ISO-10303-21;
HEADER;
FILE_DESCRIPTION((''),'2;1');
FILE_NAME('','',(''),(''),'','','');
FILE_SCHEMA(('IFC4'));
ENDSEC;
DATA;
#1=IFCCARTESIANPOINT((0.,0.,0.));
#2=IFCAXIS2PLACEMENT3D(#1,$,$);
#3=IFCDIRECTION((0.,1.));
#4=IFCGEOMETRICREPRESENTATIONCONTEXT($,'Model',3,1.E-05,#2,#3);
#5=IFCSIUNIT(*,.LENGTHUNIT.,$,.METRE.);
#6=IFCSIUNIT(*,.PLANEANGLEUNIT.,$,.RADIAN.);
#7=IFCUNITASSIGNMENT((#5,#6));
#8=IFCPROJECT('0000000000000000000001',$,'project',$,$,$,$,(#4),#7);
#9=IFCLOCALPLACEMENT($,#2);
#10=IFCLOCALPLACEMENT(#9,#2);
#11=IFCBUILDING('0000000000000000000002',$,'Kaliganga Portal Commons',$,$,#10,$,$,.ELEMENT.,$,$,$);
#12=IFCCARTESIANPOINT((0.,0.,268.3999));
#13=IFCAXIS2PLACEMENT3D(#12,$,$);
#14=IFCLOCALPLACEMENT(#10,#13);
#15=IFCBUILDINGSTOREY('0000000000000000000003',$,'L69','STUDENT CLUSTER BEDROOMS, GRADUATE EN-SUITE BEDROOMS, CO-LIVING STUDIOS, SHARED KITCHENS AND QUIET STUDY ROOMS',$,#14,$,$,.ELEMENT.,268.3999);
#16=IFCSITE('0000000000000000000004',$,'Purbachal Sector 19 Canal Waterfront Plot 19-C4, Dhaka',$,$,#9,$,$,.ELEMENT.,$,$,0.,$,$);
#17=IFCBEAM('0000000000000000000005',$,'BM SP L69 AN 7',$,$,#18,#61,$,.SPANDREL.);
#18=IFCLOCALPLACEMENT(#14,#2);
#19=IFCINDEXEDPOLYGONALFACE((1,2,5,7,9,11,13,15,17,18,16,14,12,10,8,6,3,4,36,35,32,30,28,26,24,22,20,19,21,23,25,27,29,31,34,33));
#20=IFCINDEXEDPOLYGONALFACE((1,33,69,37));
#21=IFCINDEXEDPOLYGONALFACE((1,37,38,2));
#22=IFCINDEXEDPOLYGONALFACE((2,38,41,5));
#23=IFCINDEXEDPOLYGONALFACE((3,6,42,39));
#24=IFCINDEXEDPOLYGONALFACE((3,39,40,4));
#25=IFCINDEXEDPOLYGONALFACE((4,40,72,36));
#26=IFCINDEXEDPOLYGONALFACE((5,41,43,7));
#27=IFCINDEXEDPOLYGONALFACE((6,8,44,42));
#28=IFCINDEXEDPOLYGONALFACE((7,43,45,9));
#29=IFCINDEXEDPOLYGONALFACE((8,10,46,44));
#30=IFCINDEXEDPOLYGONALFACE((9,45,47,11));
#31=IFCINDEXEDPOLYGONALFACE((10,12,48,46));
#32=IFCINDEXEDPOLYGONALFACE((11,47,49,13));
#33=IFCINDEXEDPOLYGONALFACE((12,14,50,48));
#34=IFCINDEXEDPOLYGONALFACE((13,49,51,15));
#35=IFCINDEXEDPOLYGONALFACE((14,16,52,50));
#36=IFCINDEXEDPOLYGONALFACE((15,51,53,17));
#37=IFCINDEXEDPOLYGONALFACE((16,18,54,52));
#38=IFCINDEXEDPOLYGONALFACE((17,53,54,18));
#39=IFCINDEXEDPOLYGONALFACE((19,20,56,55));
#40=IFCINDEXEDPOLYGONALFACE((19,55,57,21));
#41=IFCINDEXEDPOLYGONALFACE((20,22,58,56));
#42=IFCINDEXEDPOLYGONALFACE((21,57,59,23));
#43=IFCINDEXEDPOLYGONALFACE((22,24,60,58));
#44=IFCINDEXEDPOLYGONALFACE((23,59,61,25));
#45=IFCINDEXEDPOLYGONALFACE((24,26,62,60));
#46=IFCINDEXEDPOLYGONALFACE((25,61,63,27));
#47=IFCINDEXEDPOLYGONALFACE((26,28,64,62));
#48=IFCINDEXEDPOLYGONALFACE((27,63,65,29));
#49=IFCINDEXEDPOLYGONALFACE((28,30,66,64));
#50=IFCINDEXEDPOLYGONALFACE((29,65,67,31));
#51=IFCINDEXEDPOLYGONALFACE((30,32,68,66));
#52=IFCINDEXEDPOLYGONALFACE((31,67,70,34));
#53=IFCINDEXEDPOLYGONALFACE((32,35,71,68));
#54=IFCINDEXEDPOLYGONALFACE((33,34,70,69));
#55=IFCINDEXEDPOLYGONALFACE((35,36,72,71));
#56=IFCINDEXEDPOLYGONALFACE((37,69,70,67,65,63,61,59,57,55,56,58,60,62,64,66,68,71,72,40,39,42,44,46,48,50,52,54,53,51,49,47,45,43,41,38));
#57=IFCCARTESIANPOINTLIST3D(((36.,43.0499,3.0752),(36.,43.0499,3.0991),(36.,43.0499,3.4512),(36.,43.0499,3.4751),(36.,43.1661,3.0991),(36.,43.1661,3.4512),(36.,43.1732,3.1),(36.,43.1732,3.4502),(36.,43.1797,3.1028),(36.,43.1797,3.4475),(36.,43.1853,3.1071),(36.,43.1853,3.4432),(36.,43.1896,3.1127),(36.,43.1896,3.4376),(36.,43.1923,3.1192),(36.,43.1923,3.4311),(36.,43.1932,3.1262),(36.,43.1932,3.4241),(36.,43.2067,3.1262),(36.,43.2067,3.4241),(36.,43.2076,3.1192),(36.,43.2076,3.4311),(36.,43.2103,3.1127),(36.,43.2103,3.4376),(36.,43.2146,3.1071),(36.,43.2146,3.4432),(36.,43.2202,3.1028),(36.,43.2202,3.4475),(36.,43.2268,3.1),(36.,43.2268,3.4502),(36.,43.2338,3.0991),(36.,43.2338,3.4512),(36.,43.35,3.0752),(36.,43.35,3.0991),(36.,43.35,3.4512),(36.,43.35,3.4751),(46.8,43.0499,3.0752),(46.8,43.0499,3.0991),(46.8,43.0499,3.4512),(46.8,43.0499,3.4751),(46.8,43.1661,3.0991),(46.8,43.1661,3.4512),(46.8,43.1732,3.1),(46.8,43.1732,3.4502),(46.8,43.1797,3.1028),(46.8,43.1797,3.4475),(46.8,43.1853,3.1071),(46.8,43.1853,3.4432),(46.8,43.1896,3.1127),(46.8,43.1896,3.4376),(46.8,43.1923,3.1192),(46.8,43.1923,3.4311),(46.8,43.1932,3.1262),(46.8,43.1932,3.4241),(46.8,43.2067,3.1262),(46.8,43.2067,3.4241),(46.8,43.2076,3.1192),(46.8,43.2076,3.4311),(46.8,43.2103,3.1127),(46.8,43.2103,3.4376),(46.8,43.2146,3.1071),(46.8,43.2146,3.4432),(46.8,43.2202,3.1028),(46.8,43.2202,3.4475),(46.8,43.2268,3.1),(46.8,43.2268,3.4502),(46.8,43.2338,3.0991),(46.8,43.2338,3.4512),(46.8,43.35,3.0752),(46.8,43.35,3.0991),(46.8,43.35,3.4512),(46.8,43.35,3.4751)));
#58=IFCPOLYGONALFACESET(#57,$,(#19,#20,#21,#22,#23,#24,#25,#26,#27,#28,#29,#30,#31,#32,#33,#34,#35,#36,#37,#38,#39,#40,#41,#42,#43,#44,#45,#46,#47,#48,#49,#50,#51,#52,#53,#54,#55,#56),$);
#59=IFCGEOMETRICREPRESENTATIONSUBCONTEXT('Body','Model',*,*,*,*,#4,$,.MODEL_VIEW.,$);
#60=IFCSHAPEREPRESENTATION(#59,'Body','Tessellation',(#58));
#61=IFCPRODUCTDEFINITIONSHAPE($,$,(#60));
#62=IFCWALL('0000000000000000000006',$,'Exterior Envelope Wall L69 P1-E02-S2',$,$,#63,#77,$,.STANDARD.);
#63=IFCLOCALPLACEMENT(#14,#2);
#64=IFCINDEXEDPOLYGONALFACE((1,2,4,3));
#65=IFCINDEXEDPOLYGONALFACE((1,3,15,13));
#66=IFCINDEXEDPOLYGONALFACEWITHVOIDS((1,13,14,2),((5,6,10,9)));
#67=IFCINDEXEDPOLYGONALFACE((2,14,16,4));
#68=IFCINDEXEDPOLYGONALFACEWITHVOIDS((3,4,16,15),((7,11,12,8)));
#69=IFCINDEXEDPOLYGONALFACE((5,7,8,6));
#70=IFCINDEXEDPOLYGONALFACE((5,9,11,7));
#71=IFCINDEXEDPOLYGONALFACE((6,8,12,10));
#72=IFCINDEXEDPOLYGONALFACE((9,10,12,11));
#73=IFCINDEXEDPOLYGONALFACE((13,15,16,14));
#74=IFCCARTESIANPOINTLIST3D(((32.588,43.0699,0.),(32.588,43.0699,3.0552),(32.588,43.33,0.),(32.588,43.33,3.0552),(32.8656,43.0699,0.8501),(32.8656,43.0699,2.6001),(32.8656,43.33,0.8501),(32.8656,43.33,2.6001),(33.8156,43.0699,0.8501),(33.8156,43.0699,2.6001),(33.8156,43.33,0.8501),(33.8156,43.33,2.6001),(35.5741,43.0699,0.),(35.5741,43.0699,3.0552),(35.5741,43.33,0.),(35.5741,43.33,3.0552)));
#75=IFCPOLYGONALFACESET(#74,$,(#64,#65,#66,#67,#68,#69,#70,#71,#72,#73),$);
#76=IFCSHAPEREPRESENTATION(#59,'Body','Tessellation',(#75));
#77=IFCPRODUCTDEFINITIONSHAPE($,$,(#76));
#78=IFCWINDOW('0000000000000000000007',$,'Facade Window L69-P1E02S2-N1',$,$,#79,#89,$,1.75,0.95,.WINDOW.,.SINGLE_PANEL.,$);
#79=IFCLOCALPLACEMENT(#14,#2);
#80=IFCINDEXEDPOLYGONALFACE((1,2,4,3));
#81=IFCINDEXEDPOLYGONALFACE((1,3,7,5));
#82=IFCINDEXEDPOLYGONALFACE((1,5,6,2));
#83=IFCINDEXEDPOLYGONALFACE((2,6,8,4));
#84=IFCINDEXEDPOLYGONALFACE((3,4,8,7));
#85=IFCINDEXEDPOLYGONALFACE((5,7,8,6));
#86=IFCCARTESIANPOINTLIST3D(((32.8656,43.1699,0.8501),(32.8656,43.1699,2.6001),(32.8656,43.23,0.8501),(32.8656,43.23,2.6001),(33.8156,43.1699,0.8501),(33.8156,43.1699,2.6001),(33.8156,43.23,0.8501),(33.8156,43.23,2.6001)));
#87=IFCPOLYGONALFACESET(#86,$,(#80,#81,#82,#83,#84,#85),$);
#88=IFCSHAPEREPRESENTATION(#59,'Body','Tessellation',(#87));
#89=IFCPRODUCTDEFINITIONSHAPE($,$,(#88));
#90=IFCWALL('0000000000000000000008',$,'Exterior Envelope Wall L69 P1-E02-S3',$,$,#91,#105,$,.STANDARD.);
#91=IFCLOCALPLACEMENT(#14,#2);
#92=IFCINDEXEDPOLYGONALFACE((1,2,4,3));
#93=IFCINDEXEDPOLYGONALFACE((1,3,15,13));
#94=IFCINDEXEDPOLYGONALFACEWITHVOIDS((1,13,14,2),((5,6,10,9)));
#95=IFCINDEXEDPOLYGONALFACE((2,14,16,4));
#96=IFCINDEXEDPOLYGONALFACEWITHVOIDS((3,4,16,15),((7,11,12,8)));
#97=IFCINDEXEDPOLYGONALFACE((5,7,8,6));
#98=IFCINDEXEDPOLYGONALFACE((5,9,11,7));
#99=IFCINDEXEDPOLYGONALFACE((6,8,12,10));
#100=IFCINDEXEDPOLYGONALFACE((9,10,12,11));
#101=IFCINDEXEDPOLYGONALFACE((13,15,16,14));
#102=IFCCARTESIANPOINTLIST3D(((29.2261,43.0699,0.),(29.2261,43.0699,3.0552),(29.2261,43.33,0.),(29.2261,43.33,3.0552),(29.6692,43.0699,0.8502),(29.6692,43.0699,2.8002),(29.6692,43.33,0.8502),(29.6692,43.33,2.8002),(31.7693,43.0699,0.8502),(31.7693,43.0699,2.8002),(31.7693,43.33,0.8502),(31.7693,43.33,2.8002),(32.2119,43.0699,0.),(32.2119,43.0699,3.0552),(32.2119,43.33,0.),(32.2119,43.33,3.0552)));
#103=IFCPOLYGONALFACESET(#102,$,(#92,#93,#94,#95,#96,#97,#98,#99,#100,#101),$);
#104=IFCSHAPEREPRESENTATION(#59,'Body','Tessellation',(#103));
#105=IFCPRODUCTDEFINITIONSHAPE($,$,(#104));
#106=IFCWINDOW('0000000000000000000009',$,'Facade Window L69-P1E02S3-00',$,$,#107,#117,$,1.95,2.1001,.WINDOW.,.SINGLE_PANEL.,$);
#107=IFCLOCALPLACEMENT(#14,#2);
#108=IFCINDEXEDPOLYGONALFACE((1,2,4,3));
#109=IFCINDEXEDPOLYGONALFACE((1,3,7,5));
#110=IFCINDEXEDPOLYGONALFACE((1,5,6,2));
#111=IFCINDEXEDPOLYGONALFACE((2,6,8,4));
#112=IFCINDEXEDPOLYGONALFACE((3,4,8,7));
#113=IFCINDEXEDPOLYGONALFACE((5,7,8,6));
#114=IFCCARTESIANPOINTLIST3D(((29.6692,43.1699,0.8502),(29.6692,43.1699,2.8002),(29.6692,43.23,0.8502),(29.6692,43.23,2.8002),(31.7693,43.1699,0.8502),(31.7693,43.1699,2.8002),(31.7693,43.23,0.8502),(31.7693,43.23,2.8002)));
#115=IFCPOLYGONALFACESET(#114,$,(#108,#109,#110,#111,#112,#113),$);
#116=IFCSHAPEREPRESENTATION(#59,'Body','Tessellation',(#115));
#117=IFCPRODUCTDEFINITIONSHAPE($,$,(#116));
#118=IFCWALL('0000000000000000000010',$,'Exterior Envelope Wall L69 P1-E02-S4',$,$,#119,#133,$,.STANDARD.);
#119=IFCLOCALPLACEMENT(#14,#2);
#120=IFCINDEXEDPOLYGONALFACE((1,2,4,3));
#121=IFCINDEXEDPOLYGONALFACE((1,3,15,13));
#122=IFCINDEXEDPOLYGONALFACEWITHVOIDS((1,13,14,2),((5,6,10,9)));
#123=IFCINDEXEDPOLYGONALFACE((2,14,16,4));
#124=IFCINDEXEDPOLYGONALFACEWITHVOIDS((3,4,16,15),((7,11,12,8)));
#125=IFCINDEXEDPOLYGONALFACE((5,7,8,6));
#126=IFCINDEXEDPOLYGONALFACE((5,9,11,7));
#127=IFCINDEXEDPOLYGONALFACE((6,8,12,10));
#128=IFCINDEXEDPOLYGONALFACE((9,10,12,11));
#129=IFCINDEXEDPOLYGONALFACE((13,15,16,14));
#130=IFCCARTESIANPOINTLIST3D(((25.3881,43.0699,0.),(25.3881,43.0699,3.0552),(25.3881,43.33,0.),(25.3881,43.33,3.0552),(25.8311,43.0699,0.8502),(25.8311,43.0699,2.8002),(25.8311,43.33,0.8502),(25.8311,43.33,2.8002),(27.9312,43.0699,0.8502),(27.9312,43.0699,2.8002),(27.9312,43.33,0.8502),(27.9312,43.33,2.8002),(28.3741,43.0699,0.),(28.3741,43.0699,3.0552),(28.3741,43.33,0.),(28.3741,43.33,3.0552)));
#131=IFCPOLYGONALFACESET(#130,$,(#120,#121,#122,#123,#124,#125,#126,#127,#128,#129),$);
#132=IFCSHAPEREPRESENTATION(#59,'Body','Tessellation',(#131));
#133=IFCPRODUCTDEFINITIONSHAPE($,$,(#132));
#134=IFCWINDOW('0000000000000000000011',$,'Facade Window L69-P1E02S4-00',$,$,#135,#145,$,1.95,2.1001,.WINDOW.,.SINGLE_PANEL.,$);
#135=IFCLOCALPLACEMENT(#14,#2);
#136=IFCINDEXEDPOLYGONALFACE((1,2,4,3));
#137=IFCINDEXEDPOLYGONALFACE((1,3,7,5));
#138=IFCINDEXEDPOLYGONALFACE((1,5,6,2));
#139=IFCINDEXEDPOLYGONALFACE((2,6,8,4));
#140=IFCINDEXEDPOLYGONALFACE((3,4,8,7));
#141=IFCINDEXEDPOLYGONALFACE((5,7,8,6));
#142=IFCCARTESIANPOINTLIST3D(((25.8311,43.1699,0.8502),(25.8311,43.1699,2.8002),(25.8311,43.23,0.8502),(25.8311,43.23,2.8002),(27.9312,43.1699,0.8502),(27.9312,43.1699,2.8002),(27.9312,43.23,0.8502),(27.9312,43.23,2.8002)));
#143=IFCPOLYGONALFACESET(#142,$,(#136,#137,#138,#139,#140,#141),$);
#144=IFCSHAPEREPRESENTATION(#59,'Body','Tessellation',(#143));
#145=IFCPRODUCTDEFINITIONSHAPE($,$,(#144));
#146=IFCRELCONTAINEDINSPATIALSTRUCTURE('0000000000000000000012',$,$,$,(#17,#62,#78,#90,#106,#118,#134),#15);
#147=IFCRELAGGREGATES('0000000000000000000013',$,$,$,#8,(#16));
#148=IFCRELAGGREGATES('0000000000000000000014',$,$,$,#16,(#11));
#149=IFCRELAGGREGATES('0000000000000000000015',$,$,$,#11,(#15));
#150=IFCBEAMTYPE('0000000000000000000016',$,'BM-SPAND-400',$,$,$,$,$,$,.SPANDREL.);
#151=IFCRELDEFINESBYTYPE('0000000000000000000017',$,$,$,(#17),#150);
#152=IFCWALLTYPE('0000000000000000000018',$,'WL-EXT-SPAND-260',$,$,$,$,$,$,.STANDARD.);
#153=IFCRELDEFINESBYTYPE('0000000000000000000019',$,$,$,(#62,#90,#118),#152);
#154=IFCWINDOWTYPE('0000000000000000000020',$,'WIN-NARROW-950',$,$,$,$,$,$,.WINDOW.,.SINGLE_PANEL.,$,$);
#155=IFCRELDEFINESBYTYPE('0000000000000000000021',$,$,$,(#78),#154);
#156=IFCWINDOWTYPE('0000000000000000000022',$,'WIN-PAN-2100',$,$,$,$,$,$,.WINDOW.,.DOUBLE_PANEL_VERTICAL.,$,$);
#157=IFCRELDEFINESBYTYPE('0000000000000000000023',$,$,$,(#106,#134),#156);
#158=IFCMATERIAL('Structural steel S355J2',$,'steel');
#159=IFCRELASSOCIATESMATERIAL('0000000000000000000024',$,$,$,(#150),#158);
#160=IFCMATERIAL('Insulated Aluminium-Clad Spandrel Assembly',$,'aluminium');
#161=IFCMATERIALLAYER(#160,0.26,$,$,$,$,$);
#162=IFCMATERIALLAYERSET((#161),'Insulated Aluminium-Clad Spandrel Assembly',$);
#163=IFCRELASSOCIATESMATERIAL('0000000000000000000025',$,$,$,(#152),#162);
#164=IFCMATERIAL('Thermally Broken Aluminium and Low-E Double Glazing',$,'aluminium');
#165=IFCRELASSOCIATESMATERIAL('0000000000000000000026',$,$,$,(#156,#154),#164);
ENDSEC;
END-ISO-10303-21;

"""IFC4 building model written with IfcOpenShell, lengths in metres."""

from ifc_helpers import new_model, si_unit, direction, frame, frame_2d, origin, origin_2d, place, context, subcontext, project, spatial, rectangle, i_section, extrude, source, transform, mapped, material, layer, layer_set, material_profile, profile_set, type_object, element, fill, save


model = new_model("IFC4")

# Units and contexts
model_context = context("Model", 3, precision=1e-05, world=origin(), true_north=direction((0.0, 1.0)))
body_context = subcontext(model_context, "Body", "Model", "MODEL_VIEW")
ifc_project = project(units=[si_unit("LENGTHUNIT", "METRE"), si_unit("PLANEANGLEUNIT", "RADIAN")], contexts=[model_context])

# Site, building, storey
site_placement = place(None, origin())
site = spatial("IfcSite", under=ifc_project, at=site_placement, Name="Purbachal Sector 19 Canal Waterfront Plot 19-C4, Dhaka", CompositionType="ELEMENT", RefElevation=0.0)
building_placement = place(site_placement, origin())
building = spatial("IfcBuilding", under=site, at=building_placement, Name="Kaliganga Portal Commons", CompositionType="ELEMENT")
storey_placement = place(building_placement, frame((0.0, 0.0, 268.3999)))
storey = spatial("IfcBuildingStorey", under=building, at=storey_placement, Name="L69", Description="STUDENT CLUSTER BEDROOMS, GRADUATE EN-SUITE BEDROOMS, CO-LIVING STUDIOS, SHARED KITCHENS AND QUIET STUDY ROOMS", CompositionType="ELEMENT", Elevation=268.3999)

# Shared definitions
ifc_material_1 = material(Name="Structural steel S355J2", Category="steel")

# Beam
ifc_material_profile_1 = material_profile(ifc_material_1, i_section(OverallWidth=0.3, OverallDepth=0.3999, WebThickness=0.0134, FlangeThickness=0.0239, FilletRadius=0.0271, at=origin_2d()), Name="HE 400 B")
ifc_profile_set_1 = profile_set([ifc_material_profile_1], Name="Structural steel S355J2 wide-flange")
beam_type = type_object("IfcBeamType", Name="BM-SPAND-400", PredefinedType="SPANDREL", material=ifc_profile_set_1)
shared_shape_1 = source(origin(), body_context, "Body", "SweptSolid", [
    extrude(i_section(OverallWidth=0.3, OverallDepth=0.3999, WebThickness=0.0134, FlangeThickness=0.0239, FilletRadius=0.0271, at=origin_2d()), origin(), (0.0, 0.0, 1.0), 10.8),
])
beam_1_placement = place(storey_placement, frame((36.0, 43.2, 3.2751), z_axis=(1.0, 0.0, 0.0), x_axis=(0.0, 1.0, 0.0)))
element("IfcBeam", 1, at=beam_1_placement, inside=storey, type_object=beam_type, Name="BM SP L69 AN 7", PredefinedType="SPANDREL", context=body_context, shape_type="MappedRepresentation", body=[
    mapped(shared_shape_1, transform((0.0, 0.0, 0.0), x_axis=(1.0, 0.0, 0.0), y_axis=(0.0, 1.0, 0.0), z_axis=(0.0, 0.0, 1.0), scale=1.0)),
])

# Shared definitions
ifc_material_2 = material(Name="Insulated Aluminium-Clad Spandrel Assembly", Category="aluminium")
ifc_layer_1 = layer(ifc_material_2, 0.26)
ifc_layer_set_1 = layer_set([ifc_layer_1], Name="Insulated Aluminium-Clad Spandrel Assembly")
wall_type_1 = type_object("IfcWallType", Name="WL-EXT-SPAND-260", PredefinedType="STANDARD", material=ifc_layer_set_1)
ifc_material_3 = material(Name="Thermally Broken Aluminium and Low-E Double Glazing", Category="aluminium")
window_type_1 = type_object("IfcWindowType", Name="WIN-PAN-2100", PartitioningType="DOUBLE_PANEL_VERTICAL", PredefinedType="WINDOW", material=ifc_material_3)

# Walls, openings, windows
wall_1_placement = place(storey_placement, frame((32.5879, 43.2, 0.0), z_axis=(0.0, 0.0, 1.0), x_axis=(1.0, 0.0, 0.0)))
wall_1 = element("IfcWall", 2, at=wall_1_placement, inside=storey, type_object=wall_type_1, Name="Exterior Envelope Wall L69 P1-E02-S2", PredefinedType="STANDARD", context=body_context, shape_type="SweptSolid", body=[
    extrude(rectangle(XDim=2.9861, YDim=0.26, at=frame_2d((1.4932, 0.0))), origin(), (0.0, 0.0, 1.0), 3.0552),
])
opening_1_placement = place(wall_1_placement, frame((0.2776, 0.0, 0.8501)))
opening_1 = element("IfcOpeningElement", 3, at=opening_1_placement, cuts=wall_1, PredefinedType="OPENING", context=body_context, shape_type="SweptSolid", body=[
    extrude(rectangle(XDim=0.95, YDim=1.75, at=frame_2d((0.4751, 0.875))), frame((0.0, 0.1401, 0.0), z_axis=(0.0, -1.0, 0.0), x_axis=(1.0, 0.0, 0.0)), (0.0, 0.0, 1.0), 0.28),
])
window_type_2 = type_object("IfcWindowType", Name="WIN-NARROW-950", PartitioningType="SINGLE_PANEL", PredefinedType="WINDOW", material=ifc_material_3)
window_1_placement = place(opening_1_placement, origin())
window_1 = element("IfcWindow", 4, at=window_1_placement, inside=storey, type_object=window_type_2, Name="Facade Window L69-P1E02S2-N1", OverallHeight=1.75, OverallWidth=0.95, PartitioningType="SINGLE_PANEL", PredefinedType="WINDOW", context=body_context, shape_type="SweptSolid", body=[
    extrude(rectangle(XDim=0.95, YDim=1.75, at=frame_2d((0.4751, 0.875))), frame((0.0, 0.03, 0.0), z_axis=(0.0, -1.0, 0.0), x_axis=(1.0, 0.0, 0.0)), (0.0, 0.0, 1.0), 0.0601),
])
fill(opening_1, window_1)
wall_2_placement = place(storey_placement, frame((29.2261, 43.2, 0.0), z_axis=(0.0, 0.0, 1.0), x_axis=(1.0, 0.0, 0.0)))
wall_2 = element("IfcWall", 5, at=wall_2_placement, inside=storey, type_object=wall_type_1, Name="Exterior Envelope Wall L69 P1-E02-S3", PredefinedType="STANDARD", context=body_context, shape_type="SweptSolid", body=[
    extrude(rectangle(XDim=2.9858, YDim=0.26, at=frame_2d((1.4929, 0.0))), origin(), (0.0, 0.0, 1.0), 3.0552),
])
opening_2_placement = place(wall_2_placement, frame((0.4431, 0.0, 0.8501)))
opening_2 = element("IfcOpeningElement", 6, at=opening_2_placement, cuts=wall_2, PredefinedType="OPENING", context=body_context, shape_type="SweptSolid", body=[
    extrude(rectangle(XDim=2.1001, YDim=1.95, at=frame_2d((1.05, 0.9751))), frame((0.0, 0.1401, 0.0), z_axis=(0.0, -1.0, 0.0), x_axis=(1.0, 0.0, 0.0)), (0.0, 0.0, 1.0), 0.28),
])
window_2_placement = place(opening_2_placement, origin())
window_2 = element("IfcWindow", 7, at=window_2_placement, inside=storey, type_object=window_type_1, Name="Facade Window L69-P1E02S3-00", OverallHeight=1.95, OverallWidth=2.1001, PartitioningType="SINGLE_PANEL", PredefinedType="WINDOW", context=body_context, shape_type="SweptSolid", body=[
    extrude(rectangle(XDim=2.1001, YDim=1.95, at=frame_2d((1.05, 0.9751))), frame((0.0, 0.03, 0.0), z_axis=(0.0, -1.0, 0.0), x_axis=(1.0, 0.0, 0.0)), (0.0, 0.0, 1.0), 0.0601),
])
fill(opening_2, window_2)
wall_3_placement = place(storey_placement, frame((25.3879, 43.2, 0.0), z_axis=(0.0, 0.0, 1.0), x_axis=(1.0, 0.0, 0.0)))
wall_3 = element("IfcWall", 8, at=wall_3_placement, inside=storey, type_object=wall_type_1, Name="Exterior Envelope Wall L69 P1-E02-S4", PredefinedType="STANDARD", context=body_context, shape_type="SweptSolid", body=[
    extrude(rectangle(XDim=2.9861, YDim=0.26, at=frame_2d((1.4932, 0.0))), origin(), (0.0, 0.0, 1.0), 3.0552),
])
opening_3_placement = place(wall_3_placement, frame((0.4431, 0.0, 0.8501)))
opening_3 = element("IfcOpeningElement", 9, at=opening_3_placement, cuts=wall_3, PredefinedType="OPENING", context=body_context, shape_type="SweptSolid", body=[
    extrude(rectangle(XDim=2.1001, YDim=1.95, at=frame_2d((1.05, 0.9751))), frame((0.0, 0.1401, 0.0), z_axis=(0.0, -1.0, 0.0), x_axis=(1.0, 0.0, 0.0)), (0.0, 0.0, 1.0), 0.28),
])
window_3_placement = place(opening_3_placement, origin())
window_3 = element("IfcWindow", 10, at=window_3_placement, inside=storey, type_object=window_type_1, Name="Facade Window L69-P1E02S4-00", OverallHeight=1.95, OverallWidth=2.1001, PartitioningType="SINGLE_PANEL", PredefinedType="WINDOW", context=body_context, shape_type="SweptSolid", body=[
    extrude(rectangle(XDim=2.1001, YDim=1.95, at=frame_2d((1.05, 0.9751))), frame((0.0, 0.03, 0.0), z_axis=(0.0, -1.0, 0.0), x_axis=(1.0, 0.0, 0.0)), (0.0, 0.0, 1.0), 0.0601),
])
fill(opening_3, window_3)

save(model, "model.ifc")
